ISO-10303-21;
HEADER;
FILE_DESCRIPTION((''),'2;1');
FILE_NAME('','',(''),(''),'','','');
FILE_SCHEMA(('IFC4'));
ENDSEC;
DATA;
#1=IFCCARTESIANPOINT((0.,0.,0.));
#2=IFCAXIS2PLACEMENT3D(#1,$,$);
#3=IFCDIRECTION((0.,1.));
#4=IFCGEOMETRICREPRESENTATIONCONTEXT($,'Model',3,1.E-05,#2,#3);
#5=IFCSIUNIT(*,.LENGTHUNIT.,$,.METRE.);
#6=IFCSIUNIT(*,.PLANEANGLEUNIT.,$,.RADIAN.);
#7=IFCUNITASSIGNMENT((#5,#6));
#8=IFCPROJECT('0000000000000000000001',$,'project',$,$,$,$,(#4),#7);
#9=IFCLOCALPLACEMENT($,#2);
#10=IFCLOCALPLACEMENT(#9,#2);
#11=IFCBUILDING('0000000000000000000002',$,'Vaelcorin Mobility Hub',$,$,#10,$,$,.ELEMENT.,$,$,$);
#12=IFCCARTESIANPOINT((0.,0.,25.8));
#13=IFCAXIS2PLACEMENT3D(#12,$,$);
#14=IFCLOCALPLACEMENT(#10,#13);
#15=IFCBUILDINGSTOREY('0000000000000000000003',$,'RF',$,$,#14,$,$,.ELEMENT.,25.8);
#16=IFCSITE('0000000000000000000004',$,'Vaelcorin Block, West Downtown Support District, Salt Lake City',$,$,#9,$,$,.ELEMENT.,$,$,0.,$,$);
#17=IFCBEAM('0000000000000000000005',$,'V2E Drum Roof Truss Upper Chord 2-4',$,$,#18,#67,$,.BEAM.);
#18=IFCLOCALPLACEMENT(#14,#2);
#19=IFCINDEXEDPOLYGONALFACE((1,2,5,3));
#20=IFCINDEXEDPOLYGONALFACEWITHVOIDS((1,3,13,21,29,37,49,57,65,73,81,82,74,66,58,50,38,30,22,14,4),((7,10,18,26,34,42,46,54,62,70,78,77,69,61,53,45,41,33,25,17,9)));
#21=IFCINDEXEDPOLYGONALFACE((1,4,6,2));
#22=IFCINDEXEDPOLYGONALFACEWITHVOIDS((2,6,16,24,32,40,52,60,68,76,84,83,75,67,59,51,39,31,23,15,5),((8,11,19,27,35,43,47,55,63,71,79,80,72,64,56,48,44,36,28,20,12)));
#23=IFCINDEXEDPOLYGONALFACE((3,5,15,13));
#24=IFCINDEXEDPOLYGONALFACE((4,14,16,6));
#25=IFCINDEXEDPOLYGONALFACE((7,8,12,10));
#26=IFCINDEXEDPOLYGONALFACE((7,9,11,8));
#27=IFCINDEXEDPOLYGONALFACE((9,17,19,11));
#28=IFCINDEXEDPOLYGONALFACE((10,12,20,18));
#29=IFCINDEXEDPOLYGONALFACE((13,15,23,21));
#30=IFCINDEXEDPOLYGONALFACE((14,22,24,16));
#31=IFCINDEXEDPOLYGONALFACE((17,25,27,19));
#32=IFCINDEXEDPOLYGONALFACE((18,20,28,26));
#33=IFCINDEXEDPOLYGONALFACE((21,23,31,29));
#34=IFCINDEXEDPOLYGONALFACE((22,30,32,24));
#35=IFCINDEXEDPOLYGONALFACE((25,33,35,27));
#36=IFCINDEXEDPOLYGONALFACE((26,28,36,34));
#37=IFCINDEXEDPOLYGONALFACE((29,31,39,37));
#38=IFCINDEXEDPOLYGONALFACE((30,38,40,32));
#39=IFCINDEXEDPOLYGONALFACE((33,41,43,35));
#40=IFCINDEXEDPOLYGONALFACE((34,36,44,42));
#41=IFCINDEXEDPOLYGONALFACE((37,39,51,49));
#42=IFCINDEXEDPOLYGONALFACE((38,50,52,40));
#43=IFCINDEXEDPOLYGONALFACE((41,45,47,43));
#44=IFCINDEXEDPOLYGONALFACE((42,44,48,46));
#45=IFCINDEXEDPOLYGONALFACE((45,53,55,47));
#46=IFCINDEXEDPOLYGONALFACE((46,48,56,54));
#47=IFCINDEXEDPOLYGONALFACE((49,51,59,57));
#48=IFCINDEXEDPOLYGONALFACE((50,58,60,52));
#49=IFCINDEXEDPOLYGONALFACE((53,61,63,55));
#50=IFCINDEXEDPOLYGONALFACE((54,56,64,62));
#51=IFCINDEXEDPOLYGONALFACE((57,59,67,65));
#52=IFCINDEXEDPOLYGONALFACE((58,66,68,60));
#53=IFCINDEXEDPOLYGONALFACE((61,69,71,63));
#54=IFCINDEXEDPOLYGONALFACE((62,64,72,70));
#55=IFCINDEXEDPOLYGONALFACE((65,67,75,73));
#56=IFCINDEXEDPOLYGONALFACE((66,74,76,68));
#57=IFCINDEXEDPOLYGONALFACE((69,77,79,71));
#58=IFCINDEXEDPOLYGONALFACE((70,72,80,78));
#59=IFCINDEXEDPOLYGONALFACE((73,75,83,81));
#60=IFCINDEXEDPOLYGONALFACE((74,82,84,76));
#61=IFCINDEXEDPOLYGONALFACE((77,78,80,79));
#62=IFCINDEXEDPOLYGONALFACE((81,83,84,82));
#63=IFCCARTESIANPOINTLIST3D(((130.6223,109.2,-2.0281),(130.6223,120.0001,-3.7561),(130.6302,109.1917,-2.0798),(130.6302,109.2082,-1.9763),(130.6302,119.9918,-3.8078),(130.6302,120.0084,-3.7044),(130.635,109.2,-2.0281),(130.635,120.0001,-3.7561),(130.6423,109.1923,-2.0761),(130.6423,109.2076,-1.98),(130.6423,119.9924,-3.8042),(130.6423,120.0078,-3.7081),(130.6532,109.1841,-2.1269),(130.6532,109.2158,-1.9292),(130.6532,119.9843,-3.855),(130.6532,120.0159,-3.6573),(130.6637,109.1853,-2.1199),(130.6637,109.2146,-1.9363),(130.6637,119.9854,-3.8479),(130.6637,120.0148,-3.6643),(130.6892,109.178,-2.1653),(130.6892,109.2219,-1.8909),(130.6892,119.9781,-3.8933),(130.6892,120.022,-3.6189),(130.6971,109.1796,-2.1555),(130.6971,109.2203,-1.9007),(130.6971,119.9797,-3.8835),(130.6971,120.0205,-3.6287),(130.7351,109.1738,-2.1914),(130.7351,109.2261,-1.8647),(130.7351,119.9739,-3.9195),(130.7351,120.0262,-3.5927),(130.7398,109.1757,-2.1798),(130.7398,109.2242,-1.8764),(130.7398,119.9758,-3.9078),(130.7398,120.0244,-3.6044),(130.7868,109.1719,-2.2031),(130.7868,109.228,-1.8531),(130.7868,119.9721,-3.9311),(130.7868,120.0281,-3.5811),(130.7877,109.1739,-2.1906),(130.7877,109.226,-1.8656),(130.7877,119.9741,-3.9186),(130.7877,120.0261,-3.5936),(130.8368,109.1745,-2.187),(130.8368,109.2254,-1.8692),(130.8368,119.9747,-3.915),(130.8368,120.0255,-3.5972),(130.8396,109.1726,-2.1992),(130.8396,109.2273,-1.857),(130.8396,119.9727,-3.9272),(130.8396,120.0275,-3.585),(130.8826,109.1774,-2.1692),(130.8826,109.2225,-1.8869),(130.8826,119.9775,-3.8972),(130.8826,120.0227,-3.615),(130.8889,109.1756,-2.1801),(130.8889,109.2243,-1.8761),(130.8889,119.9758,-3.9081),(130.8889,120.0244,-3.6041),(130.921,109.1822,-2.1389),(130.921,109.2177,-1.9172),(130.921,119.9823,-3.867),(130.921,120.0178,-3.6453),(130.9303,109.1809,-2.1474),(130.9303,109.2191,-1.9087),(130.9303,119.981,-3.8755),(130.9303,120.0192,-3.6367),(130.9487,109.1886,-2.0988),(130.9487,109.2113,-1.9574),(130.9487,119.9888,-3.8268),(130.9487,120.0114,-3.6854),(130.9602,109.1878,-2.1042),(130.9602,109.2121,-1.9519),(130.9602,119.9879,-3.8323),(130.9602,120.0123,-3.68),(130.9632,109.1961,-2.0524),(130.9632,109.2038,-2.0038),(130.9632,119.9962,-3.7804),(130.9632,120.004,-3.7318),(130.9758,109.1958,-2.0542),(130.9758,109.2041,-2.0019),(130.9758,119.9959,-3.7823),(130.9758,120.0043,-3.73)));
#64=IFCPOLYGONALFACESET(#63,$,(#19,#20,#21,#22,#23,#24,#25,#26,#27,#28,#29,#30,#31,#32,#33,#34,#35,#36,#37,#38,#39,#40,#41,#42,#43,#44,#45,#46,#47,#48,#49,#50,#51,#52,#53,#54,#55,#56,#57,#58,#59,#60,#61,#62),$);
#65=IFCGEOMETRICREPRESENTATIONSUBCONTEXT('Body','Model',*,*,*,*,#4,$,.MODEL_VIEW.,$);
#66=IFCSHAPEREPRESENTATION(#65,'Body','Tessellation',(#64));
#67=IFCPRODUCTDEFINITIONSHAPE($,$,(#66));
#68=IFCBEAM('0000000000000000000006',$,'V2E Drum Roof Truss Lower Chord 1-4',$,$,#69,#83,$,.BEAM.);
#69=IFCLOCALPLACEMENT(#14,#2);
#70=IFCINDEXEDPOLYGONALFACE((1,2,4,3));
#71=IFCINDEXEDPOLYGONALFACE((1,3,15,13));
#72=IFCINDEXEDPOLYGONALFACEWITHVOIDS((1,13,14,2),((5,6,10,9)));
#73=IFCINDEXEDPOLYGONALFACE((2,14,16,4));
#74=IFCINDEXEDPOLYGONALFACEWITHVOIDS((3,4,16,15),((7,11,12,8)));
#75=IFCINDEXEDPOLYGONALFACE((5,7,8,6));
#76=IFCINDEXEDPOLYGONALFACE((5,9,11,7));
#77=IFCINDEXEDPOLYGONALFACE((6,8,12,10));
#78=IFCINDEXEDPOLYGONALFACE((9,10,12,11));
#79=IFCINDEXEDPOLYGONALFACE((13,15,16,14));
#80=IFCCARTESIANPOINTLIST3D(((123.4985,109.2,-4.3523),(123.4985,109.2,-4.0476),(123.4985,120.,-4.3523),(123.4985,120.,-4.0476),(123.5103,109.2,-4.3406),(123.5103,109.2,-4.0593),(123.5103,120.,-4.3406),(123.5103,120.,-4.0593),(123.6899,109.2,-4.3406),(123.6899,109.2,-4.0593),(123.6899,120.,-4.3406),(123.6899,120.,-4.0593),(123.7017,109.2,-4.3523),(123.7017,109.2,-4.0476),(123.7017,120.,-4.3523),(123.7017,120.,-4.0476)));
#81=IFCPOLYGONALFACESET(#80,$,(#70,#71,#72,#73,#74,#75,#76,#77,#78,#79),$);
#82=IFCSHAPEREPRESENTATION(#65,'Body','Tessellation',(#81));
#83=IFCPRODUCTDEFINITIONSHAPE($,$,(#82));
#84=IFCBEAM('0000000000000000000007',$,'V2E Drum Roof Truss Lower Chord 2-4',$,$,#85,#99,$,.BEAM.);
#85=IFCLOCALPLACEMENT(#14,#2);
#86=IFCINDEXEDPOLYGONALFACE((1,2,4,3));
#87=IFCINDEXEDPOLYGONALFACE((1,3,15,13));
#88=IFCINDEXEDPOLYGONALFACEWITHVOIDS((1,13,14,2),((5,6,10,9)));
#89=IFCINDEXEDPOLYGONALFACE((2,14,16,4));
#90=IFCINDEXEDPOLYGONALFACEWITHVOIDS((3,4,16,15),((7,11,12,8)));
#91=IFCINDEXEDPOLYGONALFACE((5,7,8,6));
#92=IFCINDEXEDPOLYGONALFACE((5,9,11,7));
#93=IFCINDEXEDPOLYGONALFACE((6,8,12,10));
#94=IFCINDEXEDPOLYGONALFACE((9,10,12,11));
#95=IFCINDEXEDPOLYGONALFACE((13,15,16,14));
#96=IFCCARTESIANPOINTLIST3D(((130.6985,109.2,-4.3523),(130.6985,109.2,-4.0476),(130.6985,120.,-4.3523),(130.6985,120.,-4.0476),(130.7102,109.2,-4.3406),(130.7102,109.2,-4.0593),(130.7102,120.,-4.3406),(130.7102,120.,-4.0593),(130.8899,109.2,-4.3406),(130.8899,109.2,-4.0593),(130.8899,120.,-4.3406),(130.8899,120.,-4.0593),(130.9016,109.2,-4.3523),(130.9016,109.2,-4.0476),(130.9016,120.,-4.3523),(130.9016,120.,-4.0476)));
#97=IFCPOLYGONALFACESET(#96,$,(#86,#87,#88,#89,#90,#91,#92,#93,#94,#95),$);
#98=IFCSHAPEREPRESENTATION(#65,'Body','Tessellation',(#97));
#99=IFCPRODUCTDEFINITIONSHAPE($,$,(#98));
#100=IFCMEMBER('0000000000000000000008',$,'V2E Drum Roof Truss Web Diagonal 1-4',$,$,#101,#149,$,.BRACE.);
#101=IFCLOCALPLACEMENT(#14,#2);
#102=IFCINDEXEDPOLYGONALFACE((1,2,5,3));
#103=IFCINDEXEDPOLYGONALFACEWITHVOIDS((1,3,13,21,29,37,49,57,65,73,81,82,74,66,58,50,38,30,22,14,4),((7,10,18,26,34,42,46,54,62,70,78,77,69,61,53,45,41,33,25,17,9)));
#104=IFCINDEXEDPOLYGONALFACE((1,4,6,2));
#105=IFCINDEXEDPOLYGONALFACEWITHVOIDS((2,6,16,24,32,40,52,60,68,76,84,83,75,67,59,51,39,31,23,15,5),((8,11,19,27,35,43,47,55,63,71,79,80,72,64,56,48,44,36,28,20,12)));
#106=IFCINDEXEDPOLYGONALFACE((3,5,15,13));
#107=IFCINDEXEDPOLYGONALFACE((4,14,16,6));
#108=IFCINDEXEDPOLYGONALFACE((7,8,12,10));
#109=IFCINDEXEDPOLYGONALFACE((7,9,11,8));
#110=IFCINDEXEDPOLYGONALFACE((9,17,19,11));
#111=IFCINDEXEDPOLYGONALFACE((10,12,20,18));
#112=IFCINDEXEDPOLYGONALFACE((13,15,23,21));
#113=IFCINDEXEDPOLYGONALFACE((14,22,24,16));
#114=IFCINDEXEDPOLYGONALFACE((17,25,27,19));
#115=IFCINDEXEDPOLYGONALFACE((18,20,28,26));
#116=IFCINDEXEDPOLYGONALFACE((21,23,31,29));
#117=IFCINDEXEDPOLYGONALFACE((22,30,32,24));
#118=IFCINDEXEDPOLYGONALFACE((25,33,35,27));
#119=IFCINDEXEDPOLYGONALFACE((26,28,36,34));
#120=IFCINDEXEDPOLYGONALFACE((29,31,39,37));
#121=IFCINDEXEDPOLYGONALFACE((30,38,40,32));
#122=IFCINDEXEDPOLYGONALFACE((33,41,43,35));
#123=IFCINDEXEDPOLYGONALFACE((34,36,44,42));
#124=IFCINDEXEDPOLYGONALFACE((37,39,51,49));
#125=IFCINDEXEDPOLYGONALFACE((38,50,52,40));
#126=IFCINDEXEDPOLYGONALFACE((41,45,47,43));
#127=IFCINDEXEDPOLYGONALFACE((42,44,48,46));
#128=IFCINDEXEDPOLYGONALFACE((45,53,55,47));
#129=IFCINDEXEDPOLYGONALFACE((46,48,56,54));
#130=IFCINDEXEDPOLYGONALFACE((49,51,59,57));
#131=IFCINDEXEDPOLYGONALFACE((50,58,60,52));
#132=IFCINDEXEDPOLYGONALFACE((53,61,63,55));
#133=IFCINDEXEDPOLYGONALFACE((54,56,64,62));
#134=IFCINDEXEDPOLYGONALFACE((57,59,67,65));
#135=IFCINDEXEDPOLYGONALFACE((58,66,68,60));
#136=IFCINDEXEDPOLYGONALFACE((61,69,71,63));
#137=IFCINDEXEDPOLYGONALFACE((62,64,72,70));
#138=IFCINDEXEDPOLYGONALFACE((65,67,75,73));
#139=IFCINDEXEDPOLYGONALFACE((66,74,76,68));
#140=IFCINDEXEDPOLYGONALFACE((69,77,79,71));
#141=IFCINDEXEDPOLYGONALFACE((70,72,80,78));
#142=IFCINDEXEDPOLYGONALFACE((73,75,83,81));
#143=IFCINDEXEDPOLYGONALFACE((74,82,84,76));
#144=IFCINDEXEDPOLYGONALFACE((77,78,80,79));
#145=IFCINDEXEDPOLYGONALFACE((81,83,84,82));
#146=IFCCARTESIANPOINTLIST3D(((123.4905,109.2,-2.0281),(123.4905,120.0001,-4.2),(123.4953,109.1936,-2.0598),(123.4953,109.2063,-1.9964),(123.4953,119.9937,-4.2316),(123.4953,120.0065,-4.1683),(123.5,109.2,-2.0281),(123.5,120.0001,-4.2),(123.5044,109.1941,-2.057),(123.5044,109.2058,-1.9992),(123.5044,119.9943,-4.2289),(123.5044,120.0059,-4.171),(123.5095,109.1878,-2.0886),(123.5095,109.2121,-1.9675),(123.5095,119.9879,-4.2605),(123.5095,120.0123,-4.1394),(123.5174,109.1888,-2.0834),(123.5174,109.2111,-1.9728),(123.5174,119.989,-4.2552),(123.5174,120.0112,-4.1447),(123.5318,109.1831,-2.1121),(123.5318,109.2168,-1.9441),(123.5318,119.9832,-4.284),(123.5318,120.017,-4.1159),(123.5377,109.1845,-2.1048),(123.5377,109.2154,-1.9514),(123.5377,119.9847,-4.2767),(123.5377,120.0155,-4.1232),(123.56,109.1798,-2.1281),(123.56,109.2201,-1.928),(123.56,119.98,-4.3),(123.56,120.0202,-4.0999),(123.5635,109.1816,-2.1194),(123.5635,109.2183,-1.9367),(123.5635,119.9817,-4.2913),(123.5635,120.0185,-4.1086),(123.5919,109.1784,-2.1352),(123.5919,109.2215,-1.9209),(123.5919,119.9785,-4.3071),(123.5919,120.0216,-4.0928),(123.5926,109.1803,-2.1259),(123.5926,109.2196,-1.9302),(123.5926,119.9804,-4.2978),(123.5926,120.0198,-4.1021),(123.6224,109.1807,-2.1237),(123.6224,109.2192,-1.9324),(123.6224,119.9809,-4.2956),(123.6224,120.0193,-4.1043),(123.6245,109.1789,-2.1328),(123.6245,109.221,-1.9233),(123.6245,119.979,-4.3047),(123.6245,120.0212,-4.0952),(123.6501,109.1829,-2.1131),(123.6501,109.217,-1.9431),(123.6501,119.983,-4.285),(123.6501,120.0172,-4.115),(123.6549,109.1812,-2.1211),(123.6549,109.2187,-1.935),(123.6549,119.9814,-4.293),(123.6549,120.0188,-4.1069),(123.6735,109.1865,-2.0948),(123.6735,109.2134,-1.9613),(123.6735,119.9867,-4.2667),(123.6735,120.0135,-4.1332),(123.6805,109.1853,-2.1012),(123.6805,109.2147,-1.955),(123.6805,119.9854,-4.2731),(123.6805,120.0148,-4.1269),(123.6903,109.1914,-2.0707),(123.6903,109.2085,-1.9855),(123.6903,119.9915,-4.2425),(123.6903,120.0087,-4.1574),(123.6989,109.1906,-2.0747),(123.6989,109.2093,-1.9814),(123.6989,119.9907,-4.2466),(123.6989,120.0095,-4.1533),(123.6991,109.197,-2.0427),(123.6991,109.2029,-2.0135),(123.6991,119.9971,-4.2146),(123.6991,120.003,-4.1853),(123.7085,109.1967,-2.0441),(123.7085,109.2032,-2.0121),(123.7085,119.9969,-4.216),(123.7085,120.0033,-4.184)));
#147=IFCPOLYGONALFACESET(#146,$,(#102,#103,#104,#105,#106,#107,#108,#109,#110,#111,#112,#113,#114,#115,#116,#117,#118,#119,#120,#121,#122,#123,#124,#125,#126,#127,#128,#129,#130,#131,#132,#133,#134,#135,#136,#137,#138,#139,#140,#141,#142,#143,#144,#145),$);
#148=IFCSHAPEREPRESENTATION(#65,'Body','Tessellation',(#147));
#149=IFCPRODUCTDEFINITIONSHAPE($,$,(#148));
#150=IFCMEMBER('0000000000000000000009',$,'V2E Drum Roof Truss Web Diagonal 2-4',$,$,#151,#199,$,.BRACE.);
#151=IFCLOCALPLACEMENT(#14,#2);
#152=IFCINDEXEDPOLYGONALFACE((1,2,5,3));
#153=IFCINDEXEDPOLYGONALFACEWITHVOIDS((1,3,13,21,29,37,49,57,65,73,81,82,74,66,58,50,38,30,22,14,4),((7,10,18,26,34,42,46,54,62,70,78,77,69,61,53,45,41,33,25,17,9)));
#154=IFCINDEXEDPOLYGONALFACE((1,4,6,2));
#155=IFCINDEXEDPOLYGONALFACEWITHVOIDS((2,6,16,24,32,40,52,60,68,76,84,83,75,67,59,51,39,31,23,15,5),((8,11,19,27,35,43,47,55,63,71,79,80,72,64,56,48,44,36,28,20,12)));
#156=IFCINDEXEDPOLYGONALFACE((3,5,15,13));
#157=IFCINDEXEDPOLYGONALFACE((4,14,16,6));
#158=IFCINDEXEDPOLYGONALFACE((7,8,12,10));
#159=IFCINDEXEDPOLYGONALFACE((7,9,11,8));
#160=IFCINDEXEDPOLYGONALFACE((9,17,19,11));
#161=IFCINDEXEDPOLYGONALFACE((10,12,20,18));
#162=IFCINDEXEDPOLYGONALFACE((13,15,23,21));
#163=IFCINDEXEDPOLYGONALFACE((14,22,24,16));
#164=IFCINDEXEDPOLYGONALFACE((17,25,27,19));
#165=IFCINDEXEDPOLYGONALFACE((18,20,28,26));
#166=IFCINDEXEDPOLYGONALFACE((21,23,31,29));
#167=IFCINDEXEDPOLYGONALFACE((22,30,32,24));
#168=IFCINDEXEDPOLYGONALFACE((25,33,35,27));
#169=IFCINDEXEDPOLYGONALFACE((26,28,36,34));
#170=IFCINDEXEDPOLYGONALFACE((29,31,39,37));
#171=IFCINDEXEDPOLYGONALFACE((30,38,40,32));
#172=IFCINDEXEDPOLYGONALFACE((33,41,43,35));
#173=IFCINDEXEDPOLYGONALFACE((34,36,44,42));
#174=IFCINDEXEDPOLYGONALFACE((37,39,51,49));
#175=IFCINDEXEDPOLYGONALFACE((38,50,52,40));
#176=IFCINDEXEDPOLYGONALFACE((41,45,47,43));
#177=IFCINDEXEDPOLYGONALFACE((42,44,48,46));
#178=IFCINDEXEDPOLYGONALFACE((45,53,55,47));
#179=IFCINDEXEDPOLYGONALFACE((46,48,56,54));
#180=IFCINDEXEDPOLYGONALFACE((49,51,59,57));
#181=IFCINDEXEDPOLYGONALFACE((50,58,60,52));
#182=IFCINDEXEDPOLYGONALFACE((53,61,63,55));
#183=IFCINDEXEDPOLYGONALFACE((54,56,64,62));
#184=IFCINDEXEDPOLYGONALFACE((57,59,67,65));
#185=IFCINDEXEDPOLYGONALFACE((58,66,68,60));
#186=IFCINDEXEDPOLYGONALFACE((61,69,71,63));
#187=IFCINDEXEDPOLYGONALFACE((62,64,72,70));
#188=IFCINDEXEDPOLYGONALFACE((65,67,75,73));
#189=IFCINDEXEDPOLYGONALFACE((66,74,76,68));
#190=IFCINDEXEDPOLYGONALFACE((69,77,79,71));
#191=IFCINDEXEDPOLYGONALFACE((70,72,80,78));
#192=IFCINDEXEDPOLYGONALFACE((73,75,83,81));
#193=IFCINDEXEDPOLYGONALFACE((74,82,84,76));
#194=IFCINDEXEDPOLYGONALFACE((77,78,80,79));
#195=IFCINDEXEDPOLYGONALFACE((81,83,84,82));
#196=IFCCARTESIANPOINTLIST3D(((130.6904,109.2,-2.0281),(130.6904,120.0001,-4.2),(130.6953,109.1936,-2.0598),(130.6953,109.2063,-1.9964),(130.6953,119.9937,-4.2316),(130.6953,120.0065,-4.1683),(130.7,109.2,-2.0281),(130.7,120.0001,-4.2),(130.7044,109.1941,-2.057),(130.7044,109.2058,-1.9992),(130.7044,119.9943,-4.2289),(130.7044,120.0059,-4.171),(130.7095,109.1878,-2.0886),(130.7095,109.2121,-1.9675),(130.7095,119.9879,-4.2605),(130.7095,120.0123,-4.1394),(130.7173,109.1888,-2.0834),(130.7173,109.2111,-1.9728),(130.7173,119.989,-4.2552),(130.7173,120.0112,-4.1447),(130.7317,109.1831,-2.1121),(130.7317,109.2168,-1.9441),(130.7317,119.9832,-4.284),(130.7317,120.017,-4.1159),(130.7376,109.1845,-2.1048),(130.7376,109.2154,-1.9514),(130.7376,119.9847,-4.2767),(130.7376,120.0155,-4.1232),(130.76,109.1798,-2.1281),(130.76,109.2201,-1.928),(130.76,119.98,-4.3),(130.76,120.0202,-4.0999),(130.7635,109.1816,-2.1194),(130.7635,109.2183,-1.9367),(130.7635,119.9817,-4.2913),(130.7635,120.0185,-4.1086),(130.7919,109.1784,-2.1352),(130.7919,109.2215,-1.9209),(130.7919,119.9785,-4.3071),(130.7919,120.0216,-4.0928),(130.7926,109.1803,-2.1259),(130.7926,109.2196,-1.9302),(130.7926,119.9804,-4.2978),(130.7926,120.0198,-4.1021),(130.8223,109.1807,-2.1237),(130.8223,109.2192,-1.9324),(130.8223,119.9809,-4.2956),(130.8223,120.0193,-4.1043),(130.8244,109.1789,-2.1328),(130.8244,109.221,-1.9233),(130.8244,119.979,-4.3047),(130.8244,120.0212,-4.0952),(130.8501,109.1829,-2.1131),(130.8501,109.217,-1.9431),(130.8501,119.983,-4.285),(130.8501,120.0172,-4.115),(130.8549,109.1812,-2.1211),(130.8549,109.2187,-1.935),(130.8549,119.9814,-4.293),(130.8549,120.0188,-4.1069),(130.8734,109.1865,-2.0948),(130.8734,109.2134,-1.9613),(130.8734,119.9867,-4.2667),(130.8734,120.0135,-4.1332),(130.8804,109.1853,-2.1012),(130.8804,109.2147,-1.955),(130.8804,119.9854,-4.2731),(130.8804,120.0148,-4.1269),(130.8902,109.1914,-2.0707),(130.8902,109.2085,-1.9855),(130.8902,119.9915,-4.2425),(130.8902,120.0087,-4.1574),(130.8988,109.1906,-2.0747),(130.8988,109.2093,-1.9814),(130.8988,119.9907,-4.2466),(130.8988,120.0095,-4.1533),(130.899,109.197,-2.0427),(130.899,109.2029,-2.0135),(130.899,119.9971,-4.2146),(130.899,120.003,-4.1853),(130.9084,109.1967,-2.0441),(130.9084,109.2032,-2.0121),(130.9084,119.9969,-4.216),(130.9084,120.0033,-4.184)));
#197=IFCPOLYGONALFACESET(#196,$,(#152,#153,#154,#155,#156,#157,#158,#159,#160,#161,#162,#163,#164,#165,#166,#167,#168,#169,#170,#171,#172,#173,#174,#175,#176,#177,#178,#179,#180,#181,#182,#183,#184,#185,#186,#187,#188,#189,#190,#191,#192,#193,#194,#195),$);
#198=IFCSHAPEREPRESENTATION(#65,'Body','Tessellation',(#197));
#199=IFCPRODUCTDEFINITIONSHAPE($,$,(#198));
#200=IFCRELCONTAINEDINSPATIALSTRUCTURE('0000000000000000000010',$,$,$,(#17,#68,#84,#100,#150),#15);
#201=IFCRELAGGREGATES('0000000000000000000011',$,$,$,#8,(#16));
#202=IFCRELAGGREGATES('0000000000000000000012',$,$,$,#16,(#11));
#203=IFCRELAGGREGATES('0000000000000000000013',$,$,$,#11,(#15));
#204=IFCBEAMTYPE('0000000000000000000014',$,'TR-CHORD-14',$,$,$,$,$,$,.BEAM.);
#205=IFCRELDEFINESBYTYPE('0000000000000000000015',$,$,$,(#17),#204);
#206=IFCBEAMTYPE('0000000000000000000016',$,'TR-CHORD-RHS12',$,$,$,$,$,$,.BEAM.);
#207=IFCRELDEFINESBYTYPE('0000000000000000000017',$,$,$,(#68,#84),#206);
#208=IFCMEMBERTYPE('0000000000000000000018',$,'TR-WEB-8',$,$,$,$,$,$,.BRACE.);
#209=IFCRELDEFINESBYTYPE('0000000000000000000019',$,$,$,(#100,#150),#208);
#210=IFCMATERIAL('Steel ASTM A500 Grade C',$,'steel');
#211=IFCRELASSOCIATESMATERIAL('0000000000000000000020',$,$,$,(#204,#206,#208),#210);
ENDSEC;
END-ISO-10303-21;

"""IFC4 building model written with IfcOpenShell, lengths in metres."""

from ifc_helpers import new_model, si_unit, direction, frame, origin, origin_2d, place, context, subcontext, project, spatial, hollow_rectangle, hollow_circle, extrude, material, material_profile, profile_set, type_object, element, save


model = new_model("IFC4")

# Units and contexts
model_context = context("Model", 3, precision=1e-05, world=origin(), true_north=direction((0.0, 1.0)))
body_context = subcontext(model_context, "Body", "Model", "MODEL_VIEW")
ifc_project = project(units=[si_unit("LENGTHUNIT", "METRE"), si_unit("PLANEANGLEUNIT", "RADIAN")], contexts=[model_context])

# Site, building, storey
site_placement = place(None, origin())
site = spatial("IfcSite", under=ifc_project, at=site_placement, Name="Vaelcorin Block, West Downtown Support District, Salt Lake City", CompositionType="ELEMENT", RefElevation=0.0)
building_placement = place(site_placement, origin())
building = spatial("IfcBuilding", under=site, at=building_placement, Name="Vaelcorin Mobility Hub", CompositionType="ELEMENT")
storey_placement = place(building_placement, frame((0.0, 0.0, 25.8)))
storey = spatial("IfcBuildingStorey", under=building, at=storey_placement, Name="RF", CompositionType="ELEMENT", Elevation=25.8)

# Shared definitions
ifc_material_1 = material(Name="Steel ASTM A500 Grade C", Category="steel")

# Beams
ifc_material_profile_1 = material_profile(ifc_material_1, hollow_circle(Radius=0.1777, WallThickness=0.0127, at=origin_2d()), Name="HSS14.000X0.500")
ifc_profile_set_1 = profile_set([ifc_material_profile_1], Name="Steel ASTM A500 Grade C")
beam_type_1 = type_object("IfcBeamType", Name="TR-CHORD-14", PredefinedType="BEAM", material=ifc_profile_set_1)
for number, where, z_axis, x_axis, name in (
    (1, (130.8, 109.2, -2.0281), (0.0, 0.98744, -0.157992), (-1.0, 0.0, 0.0), "V2E Drum Roof Truss Upper Chord 2-4"),
):
    element("IfcBeam", number, at=place(storey_placement, frame(where, z_axis=z_axis, x_axis=x_axis)), inside=storey, type_object=beam_type_1, Name=name, PredefinedType="BEAM", context=body_context, shape_type="SweptSolid", body=[
        extrude(hollow_circle(Radius=0.1777, WallThickness=0.0127, at=origin_2d()), origin(), (0.0, 0.0, 1.0), 10.9375),
    ])
ifc_material_profile_2 = material_profile(ifc_material_1, hollow_rectangle(XDim=0.2031, YDim=0.3047, WallThickness=0.0117, at=origin_2d()), Name="HSS12X8X0.500")
ifc_profile_set_2 = profile_set([ifc_material_profile_2], Name="Steel ASTM A500 Grade C")
beam_type_2 = type_object("IfcBeamType", Name="TR-CHORD-RHS12", PredefinedType="BEAM", material=ifc_profile_set_2)
for number, where, z_axis, x_axis, name in (
    (2, (123.6001, 109.2, -4.2), (0.0, 1.0, 0.0), (-1.0, 0.0, 0.0), "V2E Drum Roof Truss Lower Chord 1-4"),
    (3, (130.8, 109.2, -4.2), (0.0, 1.0, 0.0), (-1.0, 0.0, 0.0), "V2E Drum Roof Truss Lower Chord 2-4"),
):
    element("IfcBeam", number, at=place(storey_placement, frame(where, z_axis=z_axis, x_axis=x_axis)), inside=storey, type_object=beam_type_2, Name=name, PredefinedType="BEAM", context=body_context, shape_type="SweptSolid", body=[
        extrude(hollow_rectangle(XDim=0.2031, YDim=0.3047, WallThickness=0.0117, at=origin_2d()), origin(), (0.0, 0.0, 1.0), 10.8),
    ])

# Members
ifc_material_profile_3 = material_profile(ifc_material_1, hollow_circle(Radius=0.1096, WallThickness=0.0095, at=origin_2d()), Name="HSS8.625X0.375")
ifc_profile_set_3 = profile_set([ifc_material_profile_3], Name="Steel ASTM A500 Grade C")
member_type_1 = type_object("IfcMemberType", Name="TR-WEB-8", PredefinedType="BRACE", material=ifc_profile_set_3)
for number, where, z_axis, x_axis, name in (
    (4, (123.6001, 109.2, -2.0281), (0.0, 0.980373, -0.197152), (-1.0, 0.0, 0.0), "V2E Drum Roof Truss Web Diagonal 1-4"),
    (5, (130.8, 109.2, -2.0281), (0.0, 0.980373, -0.197152), (-1.0, 0.0, 0.0), "V2E Drum Roof Truss Web Diagonal 2-4"),
):
    element("IfcMember", number, at=place(storey_placement, frame(where, z_axis=z_axis, x_axis=x_axis)), inside=storey, type_object=member_type_1, Name=name, PredefinedType="BRACE", context=body_context, shape_type="SweptSolid", body=[
        extrude(hollow_circle(Radius=0.1096, WallThickness=0.0095, at=origin_2d()), origin(), (0.0, 0.0, 1.0), 11.0164),
    ])

save(model, "model.ifc")
